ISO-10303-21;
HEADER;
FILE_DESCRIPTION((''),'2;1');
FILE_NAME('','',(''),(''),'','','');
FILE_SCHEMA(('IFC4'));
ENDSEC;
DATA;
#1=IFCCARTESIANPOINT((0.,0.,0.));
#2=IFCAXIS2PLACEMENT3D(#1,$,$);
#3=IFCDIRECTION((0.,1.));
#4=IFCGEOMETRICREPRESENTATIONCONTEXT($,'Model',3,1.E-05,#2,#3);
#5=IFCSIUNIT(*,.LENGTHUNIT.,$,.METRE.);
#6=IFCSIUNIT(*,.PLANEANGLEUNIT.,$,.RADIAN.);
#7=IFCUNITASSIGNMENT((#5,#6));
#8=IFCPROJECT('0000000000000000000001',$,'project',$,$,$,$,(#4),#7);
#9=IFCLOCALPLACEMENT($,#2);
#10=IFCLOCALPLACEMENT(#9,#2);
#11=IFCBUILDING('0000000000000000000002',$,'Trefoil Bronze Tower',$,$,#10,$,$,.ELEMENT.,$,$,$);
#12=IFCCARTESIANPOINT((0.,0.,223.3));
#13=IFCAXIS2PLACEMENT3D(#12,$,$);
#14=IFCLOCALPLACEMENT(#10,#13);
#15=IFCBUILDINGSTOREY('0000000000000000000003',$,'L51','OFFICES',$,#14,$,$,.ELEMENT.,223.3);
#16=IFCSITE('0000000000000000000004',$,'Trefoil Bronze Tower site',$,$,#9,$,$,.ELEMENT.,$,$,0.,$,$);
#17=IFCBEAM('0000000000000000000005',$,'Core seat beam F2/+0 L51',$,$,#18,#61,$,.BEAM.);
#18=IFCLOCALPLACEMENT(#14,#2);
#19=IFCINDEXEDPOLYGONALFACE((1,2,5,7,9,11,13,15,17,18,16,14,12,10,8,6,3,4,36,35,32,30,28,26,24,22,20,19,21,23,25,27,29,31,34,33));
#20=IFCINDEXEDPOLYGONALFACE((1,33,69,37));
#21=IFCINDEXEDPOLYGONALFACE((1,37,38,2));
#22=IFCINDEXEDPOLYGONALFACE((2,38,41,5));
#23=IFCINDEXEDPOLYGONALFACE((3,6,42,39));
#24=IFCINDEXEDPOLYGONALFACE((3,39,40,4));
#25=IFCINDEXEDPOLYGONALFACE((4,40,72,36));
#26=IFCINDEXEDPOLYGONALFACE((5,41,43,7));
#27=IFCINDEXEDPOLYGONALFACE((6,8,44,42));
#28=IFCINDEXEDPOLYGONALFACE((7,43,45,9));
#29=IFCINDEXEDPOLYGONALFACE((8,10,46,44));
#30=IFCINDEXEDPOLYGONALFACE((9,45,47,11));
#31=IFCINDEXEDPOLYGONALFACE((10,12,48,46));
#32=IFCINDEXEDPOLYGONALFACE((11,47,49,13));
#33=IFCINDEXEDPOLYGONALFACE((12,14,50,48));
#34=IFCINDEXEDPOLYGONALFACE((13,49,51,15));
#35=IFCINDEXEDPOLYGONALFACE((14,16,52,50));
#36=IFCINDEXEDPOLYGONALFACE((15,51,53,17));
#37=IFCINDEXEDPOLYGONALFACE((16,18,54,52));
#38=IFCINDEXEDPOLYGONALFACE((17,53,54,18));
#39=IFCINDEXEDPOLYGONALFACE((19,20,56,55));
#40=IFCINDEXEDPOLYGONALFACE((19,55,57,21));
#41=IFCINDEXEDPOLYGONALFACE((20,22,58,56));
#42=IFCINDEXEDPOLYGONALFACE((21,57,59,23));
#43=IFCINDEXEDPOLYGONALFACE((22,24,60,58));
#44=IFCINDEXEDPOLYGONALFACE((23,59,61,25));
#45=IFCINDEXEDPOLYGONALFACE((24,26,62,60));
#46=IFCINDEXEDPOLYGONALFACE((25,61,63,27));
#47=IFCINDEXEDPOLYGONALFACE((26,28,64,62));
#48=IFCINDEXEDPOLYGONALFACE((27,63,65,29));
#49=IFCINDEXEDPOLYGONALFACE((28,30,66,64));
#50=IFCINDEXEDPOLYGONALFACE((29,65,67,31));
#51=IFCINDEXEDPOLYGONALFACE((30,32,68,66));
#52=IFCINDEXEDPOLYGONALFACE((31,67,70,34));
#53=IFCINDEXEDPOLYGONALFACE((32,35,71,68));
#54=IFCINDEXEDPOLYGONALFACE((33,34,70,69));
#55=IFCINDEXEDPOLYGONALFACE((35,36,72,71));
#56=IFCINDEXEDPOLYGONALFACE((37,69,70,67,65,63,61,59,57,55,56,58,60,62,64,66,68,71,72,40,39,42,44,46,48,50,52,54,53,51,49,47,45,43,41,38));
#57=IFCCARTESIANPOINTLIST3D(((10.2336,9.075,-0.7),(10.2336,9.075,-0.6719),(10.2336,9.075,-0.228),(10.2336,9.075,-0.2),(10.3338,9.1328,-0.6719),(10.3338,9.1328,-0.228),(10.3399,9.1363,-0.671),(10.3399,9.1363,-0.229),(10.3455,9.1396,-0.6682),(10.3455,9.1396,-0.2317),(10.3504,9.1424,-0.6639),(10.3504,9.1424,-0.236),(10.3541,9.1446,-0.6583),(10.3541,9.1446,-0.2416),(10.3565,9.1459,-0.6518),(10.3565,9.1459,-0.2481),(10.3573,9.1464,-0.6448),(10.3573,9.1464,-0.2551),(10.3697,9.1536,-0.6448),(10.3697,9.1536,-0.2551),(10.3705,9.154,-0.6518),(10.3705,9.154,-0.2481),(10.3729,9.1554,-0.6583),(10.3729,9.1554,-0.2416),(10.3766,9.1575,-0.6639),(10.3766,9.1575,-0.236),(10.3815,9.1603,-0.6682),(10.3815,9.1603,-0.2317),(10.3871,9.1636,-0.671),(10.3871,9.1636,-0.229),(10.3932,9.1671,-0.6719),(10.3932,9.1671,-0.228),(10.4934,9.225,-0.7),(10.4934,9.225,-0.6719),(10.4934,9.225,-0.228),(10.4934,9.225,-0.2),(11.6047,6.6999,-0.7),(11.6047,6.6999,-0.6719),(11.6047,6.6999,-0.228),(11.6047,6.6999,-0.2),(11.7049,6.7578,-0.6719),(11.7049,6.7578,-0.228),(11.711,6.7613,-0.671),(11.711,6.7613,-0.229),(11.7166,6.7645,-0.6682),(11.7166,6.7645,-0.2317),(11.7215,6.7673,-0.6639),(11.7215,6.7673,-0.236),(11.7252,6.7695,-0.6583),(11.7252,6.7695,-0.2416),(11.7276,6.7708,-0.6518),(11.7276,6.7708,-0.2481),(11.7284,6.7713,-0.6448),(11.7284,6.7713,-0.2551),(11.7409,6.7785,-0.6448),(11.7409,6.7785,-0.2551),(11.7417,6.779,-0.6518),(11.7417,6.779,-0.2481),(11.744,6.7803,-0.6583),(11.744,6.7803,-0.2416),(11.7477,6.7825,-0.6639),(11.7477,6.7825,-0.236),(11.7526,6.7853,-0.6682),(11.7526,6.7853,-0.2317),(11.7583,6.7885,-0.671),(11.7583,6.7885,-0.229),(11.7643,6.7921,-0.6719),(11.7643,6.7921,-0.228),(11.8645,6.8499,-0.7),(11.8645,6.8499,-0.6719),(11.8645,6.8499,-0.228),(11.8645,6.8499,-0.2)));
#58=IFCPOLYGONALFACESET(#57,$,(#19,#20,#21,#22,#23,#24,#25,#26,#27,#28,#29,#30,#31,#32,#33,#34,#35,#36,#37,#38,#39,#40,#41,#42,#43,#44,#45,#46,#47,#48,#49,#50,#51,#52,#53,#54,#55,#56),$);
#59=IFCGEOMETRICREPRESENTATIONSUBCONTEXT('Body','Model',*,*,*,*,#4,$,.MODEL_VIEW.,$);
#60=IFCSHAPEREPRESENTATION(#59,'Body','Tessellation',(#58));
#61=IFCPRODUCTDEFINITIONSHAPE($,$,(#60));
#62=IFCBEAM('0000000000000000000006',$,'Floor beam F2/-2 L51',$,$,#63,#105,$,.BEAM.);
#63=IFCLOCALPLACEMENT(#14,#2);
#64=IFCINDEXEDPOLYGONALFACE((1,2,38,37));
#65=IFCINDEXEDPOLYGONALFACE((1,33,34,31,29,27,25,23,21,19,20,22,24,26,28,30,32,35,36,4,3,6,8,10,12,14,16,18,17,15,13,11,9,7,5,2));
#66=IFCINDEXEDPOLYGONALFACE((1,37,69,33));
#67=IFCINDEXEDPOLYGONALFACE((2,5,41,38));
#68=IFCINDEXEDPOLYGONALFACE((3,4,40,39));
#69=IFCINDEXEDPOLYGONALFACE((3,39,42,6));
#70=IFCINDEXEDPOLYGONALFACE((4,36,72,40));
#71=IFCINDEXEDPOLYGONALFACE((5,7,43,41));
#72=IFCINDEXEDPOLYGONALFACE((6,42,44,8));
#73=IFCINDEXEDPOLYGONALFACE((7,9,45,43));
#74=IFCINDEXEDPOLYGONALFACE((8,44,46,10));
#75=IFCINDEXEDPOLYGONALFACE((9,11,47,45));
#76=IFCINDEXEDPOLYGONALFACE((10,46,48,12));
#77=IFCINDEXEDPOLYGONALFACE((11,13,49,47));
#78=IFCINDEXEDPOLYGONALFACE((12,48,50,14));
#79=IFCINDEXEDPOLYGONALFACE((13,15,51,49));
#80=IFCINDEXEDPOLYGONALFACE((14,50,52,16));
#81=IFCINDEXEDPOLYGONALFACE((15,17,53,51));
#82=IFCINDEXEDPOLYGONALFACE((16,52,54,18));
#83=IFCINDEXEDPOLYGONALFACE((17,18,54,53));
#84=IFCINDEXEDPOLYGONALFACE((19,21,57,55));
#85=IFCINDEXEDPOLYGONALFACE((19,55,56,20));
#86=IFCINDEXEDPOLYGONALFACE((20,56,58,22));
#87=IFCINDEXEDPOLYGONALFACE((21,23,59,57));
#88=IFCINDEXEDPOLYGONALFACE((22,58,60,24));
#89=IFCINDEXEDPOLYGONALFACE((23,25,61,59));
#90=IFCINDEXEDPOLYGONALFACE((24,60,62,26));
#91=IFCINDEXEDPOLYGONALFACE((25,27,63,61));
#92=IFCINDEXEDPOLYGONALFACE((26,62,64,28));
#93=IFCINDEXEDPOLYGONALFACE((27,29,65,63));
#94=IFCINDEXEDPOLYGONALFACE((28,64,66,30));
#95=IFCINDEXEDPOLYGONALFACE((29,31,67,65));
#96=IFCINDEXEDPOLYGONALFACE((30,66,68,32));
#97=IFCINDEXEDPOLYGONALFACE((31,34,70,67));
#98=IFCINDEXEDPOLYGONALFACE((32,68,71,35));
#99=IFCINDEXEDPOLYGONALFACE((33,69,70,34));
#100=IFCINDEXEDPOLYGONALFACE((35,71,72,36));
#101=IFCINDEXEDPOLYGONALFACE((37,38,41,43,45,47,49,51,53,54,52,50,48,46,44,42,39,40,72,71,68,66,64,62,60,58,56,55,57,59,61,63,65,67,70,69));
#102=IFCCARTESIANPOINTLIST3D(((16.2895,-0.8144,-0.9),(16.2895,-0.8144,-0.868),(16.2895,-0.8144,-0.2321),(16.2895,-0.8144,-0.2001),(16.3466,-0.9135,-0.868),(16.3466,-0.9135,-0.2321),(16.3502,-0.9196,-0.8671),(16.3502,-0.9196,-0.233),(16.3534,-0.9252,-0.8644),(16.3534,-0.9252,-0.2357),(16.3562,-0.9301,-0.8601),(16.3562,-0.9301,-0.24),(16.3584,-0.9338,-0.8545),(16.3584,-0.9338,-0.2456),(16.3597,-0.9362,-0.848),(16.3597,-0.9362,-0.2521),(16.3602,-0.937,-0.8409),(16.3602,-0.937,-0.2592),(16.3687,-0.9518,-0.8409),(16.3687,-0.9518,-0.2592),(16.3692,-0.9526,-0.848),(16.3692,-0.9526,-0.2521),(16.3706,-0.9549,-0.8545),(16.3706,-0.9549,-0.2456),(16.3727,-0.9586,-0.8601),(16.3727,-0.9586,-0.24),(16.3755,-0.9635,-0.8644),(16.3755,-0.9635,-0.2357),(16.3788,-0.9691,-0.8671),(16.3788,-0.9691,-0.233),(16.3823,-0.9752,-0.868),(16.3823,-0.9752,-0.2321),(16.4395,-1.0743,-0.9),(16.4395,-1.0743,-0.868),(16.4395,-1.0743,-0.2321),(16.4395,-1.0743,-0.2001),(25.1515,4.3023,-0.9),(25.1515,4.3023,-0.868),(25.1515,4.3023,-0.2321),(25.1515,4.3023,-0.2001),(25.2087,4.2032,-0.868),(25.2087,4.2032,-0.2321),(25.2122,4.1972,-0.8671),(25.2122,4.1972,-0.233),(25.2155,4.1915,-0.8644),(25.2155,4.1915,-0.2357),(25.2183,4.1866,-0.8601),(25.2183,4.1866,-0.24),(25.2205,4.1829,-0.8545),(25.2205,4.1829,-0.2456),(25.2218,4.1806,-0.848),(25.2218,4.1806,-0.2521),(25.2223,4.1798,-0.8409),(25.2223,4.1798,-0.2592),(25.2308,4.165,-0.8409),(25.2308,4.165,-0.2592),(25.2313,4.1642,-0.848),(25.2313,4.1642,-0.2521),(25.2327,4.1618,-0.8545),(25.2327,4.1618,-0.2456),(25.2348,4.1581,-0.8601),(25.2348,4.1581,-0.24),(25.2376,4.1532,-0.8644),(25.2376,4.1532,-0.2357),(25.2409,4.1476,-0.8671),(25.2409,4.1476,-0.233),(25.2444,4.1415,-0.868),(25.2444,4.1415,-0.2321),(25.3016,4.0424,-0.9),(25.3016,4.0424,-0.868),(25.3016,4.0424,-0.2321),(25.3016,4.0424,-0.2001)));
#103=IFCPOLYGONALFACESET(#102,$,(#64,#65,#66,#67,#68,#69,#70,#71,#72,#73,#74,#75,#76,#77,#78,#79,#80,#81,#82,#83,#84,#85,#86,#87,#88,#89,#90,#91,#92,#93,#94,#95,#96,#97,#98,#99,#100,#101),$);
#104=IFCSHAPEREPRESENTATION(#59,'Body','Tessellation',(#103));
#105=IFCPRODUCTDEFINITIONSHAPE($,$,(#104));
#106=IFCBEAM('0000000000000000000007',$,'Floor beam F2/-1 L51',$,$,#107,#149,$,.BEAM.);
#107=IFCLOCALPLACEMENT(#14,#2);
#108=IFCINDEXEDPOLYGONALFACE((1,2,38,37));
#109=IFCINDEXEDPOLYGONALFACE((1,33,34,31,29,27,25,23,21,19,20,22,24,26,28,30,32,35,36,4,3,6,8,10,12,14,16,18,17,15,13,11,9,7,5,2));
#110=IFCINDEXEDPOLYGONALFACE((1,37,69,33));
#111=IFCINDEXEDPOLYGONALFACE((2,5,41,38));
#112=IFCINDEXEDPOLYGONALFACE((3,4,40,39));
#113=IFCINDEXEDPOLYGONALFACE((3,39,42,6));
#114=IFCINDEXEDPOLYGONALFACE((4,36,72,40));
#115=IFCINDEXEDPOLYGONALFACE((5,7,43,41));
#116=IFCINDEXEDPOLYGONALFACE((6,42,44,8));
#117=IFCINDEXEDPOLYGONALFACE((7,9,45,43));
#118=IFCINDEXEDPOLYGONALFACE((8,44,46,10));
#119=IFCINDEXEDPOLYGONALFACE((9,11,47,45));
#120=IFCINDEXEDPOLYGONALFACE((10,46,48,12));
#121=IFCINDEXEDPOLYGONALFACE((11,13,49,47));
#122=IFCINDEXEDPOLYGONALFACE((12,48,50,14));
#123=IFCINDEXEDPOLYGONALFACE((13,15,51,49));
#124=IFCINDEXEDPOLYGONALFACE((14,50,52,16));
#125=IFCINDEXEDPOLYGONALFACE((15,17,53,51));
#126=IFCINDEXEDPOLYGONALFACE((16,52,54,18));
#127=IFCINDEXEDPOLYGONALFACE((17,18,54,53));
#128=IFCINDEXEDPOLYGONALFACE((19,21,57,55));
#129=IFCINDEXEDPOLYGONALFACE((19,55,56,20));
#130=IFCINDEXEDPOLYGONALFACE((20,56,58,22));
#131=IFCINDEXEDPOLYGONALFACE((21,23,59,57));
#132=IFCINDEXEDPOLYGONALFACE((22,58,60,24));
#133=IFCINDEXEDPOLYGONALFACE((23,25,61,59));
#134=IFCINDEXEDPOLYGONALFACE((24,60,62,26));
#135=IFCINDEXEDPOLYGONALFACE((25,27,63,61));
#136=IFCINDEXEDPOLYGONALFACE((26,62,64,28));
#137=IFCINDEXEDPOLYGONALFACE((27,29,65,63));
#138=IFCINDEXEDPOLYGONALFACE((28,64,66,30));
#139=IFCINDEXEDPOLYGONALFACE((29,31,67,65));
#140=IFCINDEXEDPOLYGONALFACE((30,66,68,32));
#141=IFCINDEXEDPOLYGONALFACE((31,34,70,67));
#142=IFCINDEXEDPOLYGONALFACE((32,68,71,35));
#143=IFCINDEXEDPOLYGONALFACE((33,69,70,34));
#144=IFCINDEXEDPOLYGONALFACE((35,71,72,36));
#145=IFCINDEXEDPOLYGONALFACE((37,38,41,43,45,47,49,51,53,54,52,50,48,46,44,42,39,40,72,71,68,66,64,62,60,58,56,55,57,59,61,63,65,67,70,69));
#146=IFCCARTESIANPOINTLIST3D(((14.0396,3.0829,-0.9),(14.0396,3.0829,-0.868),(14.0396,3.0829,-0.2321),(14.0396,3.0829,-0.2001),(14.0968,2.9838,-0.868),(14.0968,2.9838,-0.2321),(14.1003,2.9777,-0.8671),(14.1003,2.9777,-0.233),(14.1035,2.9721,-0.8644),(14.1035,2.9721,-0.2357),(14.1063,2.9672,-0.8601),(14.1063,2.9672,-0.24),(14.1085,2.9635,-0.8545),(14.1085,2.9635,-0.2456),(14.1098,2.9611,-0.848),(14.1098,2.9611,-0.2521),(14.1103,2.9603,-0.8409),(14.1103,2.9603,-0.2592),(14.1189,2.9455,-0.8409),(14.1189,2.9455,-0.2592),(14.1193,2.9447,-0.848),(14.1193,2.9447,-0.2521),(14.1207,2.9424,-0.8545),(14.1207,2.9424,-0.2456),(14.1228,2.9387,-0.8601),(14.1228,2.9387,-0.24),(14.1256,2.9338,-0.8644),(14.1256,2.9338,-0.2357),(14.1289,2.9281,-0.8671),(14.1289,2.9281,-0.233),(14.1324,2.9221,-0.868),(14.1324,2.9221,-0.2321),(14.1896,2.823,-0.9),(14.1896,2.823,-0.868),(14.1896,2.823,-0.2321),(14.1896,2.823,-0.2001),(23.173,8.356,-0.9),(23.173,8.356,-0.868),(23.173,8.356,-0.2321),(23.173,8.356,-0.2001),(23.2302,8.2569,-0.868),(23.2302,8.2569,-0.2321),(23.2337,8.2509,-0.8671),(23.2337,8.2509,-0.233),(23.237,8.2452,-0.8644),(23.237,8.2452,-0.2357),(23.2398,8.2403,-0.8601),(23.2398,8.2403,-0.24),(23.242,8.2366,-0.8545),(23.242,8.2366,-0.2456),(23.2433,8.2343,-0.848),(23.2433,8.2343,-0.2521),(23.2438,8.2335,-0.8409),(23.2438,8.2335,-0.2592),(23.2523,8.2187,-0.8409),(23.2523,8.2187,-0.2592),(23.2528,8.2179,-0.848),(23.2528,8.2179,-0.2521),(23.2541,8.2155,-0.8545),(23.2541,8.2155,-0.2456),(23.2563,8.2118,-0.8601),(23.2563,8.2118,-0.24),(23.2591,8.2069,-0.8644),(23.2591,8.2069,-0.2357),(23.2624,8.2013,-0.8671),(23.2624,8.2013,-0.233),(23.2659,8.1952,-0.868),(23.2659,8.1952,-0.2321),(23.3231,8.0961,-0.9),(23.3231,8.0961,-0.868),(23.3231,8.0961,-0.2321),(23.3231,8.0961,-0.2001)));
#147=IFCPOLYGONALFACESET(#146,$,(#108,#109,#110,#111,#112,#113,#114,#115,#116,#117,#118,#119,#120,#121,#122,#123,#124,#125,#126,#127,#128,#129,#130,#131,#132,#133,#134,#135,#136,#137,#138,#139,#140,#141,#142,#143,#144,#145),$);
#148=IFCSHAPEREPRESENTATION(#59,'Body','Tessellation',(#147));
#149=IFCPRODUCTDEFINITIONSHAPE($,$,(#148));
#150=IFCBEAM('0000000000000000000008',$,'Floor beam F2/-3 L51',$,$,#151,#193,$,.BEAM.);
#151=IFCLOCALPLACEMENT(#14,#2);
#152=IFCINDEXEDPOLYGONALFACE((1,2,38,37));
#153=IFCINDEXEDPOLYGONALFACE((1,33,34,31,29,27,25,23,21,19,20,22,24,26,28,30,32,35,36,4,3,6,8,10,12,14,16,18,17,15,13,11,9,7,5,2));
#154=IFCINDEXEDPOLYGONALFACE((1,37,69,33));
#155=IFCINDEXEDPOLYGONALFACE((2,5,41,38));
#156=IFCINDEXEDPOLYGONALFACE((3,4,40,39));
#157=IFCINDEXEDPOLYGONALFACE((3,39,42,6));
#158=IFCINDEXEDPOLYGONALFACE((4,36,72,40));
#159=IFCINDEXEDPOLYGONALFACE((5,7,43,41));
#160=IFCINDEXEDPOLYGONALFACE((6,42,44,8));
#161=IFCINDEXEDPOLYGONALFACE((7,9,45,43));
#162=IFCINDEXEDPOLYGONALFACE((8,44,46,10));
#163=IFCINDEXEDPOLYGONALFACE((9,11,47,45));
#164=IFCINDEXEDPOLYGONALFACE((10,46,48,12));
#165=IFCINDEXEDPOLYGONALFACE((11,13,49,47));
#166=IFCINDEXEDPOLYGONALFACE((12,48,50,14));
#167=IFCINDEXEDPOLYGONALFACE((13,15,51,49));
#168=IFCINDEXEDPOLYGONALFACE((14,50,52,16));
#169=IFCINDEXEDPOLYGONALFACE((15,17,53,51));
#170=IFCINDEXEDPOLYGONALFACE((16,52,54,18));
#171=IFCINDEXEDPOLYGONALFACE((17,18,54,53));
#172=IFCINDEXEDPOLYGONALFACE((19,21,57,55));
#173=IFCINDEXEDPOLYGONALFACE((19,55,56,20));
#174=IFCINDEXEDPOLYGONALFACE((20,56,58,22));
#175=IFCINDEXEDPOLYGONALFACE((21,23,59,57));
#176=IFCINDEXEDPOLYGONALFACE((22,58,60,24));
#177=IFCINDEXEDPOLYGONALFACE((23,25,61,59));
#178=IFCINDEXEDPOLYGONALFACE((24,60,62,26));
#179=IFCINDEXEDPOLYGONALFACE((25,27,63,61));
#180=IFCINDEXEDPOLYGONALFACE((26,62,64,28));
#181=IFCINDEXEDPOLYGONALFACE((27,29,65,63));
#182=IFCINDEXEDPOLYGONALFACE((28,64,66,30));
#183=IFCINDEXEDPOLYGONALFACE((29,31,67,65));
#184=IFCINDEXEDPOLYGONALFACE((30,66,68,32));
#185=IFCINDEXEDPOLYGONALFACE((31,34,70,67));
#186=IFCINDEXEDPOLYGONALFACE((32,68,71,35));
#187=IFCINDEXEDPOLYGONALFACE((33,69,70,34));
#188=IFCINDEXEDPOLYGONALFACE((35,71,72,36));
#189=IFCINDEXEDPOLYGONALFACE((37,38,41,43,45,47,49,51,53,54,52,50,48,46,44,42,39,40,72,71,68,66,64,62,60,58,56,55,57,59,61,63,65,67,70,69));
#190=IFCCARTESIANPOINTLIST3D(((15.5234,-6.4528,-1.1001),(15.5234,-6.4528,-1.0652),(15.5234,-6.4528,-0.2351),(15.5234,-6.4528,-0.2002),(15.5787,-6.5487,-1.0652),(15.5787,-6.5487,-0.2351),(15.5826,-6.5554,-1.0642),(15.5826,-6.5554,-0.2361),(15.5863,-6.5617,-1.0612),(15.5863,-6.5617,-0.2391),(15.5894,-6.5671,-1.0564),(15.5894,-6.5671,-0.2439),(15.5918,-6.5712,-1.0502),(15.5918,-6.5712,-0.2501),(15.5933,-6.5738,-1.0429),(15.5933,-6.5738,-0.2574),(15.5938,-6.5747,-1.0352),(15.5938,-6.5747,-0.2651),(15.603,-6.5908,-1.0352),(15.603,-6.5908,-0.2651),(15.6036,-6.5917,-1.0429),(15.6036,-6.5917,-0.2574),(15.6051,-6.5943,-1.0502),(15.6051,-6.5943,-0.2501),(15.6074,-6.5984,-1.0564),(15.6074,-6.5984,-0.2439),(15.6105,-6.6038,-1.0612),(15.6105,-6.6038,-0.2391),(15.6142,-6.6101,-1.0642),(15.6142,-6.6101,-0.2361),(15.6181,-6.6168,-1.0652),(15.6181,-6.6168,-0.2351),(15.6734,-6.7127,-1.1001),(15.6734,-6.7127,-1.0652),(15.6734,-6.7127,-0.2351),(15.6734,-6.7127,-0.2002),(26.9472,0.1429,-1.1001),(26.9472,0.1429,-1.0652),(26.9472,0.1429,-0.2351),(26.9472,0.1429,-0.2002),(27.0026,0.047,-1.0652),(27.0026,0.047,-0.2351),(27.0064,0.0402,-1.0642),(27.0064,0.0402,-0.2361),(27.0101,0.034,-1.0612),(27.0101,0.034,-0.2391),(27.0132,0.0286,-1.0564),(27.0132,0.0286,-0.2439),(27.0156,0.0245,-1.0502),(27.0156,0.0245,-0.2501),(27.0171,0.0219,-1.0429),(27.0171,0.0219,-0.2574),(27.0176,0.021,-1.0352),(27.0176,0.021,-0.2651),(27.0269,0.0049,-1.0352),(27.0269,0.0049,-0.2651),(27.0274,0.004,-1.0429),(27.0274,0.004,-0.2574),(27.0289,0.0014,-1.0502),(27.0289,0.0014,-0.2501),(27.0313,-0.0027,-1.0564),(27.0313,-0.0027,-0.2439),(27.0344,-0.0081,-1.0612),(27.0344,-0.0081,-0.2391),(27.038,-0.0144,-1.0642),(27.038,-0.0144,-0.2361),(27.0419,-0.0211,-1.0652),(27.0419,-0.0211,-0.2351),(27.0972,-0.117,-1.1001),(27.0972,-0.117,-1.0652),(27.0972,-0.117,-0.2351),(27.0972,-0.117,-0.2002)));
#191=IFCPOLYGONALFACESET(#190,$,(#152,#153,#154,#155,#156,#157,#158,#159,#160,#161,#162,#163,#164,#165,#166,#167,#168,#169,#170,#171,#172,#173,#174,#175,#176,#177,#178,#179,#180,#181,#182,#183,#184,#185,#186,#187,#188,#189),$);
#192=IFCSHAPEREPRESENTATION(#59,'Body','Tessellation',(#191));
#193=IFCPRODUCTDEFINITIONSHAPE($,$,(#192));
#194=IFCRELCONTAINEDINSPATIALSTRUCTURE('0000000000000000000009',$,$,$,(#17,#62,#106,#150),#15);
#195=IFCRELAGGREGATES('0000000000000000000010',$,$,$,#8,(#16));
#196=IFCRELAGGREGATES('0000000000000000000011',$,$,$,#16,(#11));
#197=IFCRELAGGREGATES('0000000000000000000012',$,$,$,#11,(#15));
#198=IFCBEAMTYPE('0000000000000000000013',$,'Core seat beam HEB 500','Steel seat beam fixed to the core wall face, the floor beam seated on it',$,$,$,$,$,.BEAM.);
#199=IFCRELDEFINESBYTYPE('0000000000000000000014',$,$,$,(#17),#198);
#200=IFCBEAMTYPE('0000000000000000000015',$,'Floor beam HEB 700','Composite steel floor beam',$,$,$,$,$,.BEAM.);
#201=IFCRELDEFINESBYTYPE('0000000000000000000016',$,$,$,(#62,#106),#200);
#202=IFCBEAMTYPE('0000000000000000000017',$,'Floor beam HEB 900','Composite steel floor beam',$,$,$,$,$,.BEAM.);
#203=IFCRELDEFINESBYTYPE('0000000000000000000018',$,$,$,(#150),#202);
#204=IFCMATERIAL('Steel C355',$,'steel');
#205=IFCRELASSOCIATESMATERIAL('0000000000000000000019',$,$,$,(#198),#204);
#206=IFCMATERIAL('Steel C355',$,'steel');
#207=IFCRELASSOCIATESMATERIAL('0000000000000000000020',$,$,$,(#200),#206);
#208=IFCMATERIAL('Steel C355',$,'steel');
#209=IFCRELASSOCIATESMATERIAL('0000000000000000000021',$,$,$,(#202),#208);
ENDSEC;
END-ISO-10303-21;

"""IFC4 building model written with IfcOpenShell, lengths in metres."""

from ifc_helpers import new_model, si_unit, direction, frame, origin, origin_2d, place, context, subcontext, project, spatial, i_section, extrude, material, material_profile, profile_set, type_object, element, save


model = new_model("IFC4")

# Units and contexts
model_context = context("Model", 3, precision=1e-05, world=origin(), true_north=direction((0.0, 1.0)))
body_context = subcontext(model_context, "Body", "Model", "MODEL_VIEW")
ifc_project = project(units=[si_unit("LENGTHUNIT", "METRE"), si_unit("PLANEANGLEUNIT", "RADIAN")], contexts=[model_context])

# Site, building, storey
site_placement = place(None, origin())
site = spatial("IfcSite", under=ifc_project, at=site_placement, Name="Trefoil Bronze Tower site", CompositionType="ELEMENT", RefElevation=0.0)
building_placement = place(site_placement, origin())
building = spatial("IfcBuilding", under=site, at=building_placement, Name="Trefoil Bronze Tower", CompositionType="ELEMENT")
storey_placement = place(building_placement, frame((0.0, 0.0, 223.3)))
storey = spatial("IfcBuildingStorey", under=building, at=storey_placement, Name="L51", Description="OFFICES", CompositionType="ELEMENT", Elevation=223.3)

# Beams
ifc_material_1 = material(Name="Steel C355", Category="steel")
ifc_material_profile_1 = material_profile(ifc_material_1, i_section(OverallWidth=0.3, OverallDepth=0.5, WebThickness=0.0144, FlangeThickness=0.0281, FilletRadius=0.0271, at=origin_2d()), Name="HEB 500")
ifc_profile_set_1 = profile_set([ifc_material_profile_1], Name="Steel C355")
beam_type_1 = type_object("IfcBeamType", Name="Core seat beam HEB 500", Description="Steel seat beam fixed to the core wall face, the floor beam seated on it", PredefinedType="BEAM", material=ifc_profile_set_1)
for number, where, z_axis, x_axis, name in (
    (1, (11.7346, 6.7749, -0.45), (-0.499969, 0.866043, 0.0), (-0.866043, -0.499969, 0.0), "Core seat beam F2/+0 L51"),
):
    element("IfcBeam", number, at=place(storey_placement, frame(where, z_axis=z_axis, x_axis=x_axis)), inside=storey, type_object=beam_type_1, Name=name, PredefinedType="BEAM", context=body_context, shape_type="SweptSolid", body=[
        extrude(i_section(OverallWidth=0.3, OverallDepth=0.5, WebThickness=0.0144, FlangeThickness=0.0281, FilletRadius=0.0271, at=origin_2d()), origin(), (0.0, 0.0, 1.0), 2.7424),
    ])
ifc_material_2 = material(Name="Steel C355", Category="steel")
ifc_material_profile_2 = material_profile(ifc_material_2, i_section(OverallWidth=0.3, OverallDepth=0.7, WebThickness=0.0171, FlangeThickness=0.032, FilletRadius=0.0271, at=origin_2d()), Name="HEB 700")
ifc_profile_set_2 = profile_set([ifc_material_profile_2], Name="Steel C355")
beam_type_2 = type_object("IfcBeamType", Name="Floor beam HEB 700", Description="Composite steel floor beam", PredefinedType="BEAM", material=ifc_profile_set_2)
beam_1_placement = place(storey_placement, frame((25.2266, 4.1724, -0.55), z_axis=(-0.866018, -0.500014, 0.0), x_axis=(0.500014, -0.866018, 0.0)))
element("IfcBeam", 2, at=beam_1_placement, inside=storey, type_object=beam_type_2, Name="Floor beam F2/-2 L51", PredefinedType="BEAM", context=body_context, shape_type="SweptSolid", body=[
    extrude(i_section(OverallWidth=0.3, OverallDepth=0.7, WebThickness=0.0171, FlangeThickness=0.032, FilletRadius=0.0271, at=origin_2d()), origin(), (0.0, 0.0, 1.0), 10.2332),
])
beam_2_placement = place(storey_placement, frame((23.248, 8.2261, -0.55), z_axis=(-0.866028, -0.499996, 0.0), x_axis=(0.499996, -0.866028, 0.0)))
element("IfcBeam", 3, at=beam_2_placement, inside=storey, type_object=beam_type_2, Name="Floor beam F2/-1 L51", PredefinedType="BEAM", context=body_context, shape_type="SweptSolid", body=[
    extrude(i_section(OverallWidth=0.3, OverallDepth=0.7, WebThickness=0.0171, FlangeThickness=0.032, FilletRadius=0.0271, at=origin_2d()), origin(), (0.0, 0.0, 1.0), 10.5464),
])
ifc_material_3 = material(Name="Steel C355", Category="steel")
ifc_material_profile_3 = material_profile(ifc_material_3, i_section(OverallWidth=0.3, OverallDepth=0.8999, WebThickness=0.0186, FlangeThickness=0.0349, FilletRadius=0.03, at=origin_2d()), Name="HEB 900")
ifc_profile_set_3 = profile_set([ifc_material_profile_3], Name="Steel C355")
beam_type_3 = type_object("IfcBeamType", Name="Floor beam HEB 900", Description="Composite steel floor beam", PredefinedType="BEAM", material=ifc_profile_set_3)
beam_3_placement = place(storey_placement, frame((27.0222, 0.0129, -0.6501), z_axis=(-0.86602, -0.500009, 0.0), x_axis=(0.500009, -0.86602, 0.0)))
element("IfcBeam", 4, at=beam_3_placement, inside=storey, type_object=beam_type_3, Name="Floor beam F2/-3 L51", PredefinedType="BEAM", context=body_context, shape_type="SweptSolid", body=[
    extrude(i_section(OverallWidth=0.3, OverallDepth=0.8999, WebThickness=0.0186, FlangeThickness=0.0349, FilletRadius=0.03, at=origin_2d()), origin(), (0.0, 0.0, 1.0), 13.1912),
])

save(model, "model.ifc")
